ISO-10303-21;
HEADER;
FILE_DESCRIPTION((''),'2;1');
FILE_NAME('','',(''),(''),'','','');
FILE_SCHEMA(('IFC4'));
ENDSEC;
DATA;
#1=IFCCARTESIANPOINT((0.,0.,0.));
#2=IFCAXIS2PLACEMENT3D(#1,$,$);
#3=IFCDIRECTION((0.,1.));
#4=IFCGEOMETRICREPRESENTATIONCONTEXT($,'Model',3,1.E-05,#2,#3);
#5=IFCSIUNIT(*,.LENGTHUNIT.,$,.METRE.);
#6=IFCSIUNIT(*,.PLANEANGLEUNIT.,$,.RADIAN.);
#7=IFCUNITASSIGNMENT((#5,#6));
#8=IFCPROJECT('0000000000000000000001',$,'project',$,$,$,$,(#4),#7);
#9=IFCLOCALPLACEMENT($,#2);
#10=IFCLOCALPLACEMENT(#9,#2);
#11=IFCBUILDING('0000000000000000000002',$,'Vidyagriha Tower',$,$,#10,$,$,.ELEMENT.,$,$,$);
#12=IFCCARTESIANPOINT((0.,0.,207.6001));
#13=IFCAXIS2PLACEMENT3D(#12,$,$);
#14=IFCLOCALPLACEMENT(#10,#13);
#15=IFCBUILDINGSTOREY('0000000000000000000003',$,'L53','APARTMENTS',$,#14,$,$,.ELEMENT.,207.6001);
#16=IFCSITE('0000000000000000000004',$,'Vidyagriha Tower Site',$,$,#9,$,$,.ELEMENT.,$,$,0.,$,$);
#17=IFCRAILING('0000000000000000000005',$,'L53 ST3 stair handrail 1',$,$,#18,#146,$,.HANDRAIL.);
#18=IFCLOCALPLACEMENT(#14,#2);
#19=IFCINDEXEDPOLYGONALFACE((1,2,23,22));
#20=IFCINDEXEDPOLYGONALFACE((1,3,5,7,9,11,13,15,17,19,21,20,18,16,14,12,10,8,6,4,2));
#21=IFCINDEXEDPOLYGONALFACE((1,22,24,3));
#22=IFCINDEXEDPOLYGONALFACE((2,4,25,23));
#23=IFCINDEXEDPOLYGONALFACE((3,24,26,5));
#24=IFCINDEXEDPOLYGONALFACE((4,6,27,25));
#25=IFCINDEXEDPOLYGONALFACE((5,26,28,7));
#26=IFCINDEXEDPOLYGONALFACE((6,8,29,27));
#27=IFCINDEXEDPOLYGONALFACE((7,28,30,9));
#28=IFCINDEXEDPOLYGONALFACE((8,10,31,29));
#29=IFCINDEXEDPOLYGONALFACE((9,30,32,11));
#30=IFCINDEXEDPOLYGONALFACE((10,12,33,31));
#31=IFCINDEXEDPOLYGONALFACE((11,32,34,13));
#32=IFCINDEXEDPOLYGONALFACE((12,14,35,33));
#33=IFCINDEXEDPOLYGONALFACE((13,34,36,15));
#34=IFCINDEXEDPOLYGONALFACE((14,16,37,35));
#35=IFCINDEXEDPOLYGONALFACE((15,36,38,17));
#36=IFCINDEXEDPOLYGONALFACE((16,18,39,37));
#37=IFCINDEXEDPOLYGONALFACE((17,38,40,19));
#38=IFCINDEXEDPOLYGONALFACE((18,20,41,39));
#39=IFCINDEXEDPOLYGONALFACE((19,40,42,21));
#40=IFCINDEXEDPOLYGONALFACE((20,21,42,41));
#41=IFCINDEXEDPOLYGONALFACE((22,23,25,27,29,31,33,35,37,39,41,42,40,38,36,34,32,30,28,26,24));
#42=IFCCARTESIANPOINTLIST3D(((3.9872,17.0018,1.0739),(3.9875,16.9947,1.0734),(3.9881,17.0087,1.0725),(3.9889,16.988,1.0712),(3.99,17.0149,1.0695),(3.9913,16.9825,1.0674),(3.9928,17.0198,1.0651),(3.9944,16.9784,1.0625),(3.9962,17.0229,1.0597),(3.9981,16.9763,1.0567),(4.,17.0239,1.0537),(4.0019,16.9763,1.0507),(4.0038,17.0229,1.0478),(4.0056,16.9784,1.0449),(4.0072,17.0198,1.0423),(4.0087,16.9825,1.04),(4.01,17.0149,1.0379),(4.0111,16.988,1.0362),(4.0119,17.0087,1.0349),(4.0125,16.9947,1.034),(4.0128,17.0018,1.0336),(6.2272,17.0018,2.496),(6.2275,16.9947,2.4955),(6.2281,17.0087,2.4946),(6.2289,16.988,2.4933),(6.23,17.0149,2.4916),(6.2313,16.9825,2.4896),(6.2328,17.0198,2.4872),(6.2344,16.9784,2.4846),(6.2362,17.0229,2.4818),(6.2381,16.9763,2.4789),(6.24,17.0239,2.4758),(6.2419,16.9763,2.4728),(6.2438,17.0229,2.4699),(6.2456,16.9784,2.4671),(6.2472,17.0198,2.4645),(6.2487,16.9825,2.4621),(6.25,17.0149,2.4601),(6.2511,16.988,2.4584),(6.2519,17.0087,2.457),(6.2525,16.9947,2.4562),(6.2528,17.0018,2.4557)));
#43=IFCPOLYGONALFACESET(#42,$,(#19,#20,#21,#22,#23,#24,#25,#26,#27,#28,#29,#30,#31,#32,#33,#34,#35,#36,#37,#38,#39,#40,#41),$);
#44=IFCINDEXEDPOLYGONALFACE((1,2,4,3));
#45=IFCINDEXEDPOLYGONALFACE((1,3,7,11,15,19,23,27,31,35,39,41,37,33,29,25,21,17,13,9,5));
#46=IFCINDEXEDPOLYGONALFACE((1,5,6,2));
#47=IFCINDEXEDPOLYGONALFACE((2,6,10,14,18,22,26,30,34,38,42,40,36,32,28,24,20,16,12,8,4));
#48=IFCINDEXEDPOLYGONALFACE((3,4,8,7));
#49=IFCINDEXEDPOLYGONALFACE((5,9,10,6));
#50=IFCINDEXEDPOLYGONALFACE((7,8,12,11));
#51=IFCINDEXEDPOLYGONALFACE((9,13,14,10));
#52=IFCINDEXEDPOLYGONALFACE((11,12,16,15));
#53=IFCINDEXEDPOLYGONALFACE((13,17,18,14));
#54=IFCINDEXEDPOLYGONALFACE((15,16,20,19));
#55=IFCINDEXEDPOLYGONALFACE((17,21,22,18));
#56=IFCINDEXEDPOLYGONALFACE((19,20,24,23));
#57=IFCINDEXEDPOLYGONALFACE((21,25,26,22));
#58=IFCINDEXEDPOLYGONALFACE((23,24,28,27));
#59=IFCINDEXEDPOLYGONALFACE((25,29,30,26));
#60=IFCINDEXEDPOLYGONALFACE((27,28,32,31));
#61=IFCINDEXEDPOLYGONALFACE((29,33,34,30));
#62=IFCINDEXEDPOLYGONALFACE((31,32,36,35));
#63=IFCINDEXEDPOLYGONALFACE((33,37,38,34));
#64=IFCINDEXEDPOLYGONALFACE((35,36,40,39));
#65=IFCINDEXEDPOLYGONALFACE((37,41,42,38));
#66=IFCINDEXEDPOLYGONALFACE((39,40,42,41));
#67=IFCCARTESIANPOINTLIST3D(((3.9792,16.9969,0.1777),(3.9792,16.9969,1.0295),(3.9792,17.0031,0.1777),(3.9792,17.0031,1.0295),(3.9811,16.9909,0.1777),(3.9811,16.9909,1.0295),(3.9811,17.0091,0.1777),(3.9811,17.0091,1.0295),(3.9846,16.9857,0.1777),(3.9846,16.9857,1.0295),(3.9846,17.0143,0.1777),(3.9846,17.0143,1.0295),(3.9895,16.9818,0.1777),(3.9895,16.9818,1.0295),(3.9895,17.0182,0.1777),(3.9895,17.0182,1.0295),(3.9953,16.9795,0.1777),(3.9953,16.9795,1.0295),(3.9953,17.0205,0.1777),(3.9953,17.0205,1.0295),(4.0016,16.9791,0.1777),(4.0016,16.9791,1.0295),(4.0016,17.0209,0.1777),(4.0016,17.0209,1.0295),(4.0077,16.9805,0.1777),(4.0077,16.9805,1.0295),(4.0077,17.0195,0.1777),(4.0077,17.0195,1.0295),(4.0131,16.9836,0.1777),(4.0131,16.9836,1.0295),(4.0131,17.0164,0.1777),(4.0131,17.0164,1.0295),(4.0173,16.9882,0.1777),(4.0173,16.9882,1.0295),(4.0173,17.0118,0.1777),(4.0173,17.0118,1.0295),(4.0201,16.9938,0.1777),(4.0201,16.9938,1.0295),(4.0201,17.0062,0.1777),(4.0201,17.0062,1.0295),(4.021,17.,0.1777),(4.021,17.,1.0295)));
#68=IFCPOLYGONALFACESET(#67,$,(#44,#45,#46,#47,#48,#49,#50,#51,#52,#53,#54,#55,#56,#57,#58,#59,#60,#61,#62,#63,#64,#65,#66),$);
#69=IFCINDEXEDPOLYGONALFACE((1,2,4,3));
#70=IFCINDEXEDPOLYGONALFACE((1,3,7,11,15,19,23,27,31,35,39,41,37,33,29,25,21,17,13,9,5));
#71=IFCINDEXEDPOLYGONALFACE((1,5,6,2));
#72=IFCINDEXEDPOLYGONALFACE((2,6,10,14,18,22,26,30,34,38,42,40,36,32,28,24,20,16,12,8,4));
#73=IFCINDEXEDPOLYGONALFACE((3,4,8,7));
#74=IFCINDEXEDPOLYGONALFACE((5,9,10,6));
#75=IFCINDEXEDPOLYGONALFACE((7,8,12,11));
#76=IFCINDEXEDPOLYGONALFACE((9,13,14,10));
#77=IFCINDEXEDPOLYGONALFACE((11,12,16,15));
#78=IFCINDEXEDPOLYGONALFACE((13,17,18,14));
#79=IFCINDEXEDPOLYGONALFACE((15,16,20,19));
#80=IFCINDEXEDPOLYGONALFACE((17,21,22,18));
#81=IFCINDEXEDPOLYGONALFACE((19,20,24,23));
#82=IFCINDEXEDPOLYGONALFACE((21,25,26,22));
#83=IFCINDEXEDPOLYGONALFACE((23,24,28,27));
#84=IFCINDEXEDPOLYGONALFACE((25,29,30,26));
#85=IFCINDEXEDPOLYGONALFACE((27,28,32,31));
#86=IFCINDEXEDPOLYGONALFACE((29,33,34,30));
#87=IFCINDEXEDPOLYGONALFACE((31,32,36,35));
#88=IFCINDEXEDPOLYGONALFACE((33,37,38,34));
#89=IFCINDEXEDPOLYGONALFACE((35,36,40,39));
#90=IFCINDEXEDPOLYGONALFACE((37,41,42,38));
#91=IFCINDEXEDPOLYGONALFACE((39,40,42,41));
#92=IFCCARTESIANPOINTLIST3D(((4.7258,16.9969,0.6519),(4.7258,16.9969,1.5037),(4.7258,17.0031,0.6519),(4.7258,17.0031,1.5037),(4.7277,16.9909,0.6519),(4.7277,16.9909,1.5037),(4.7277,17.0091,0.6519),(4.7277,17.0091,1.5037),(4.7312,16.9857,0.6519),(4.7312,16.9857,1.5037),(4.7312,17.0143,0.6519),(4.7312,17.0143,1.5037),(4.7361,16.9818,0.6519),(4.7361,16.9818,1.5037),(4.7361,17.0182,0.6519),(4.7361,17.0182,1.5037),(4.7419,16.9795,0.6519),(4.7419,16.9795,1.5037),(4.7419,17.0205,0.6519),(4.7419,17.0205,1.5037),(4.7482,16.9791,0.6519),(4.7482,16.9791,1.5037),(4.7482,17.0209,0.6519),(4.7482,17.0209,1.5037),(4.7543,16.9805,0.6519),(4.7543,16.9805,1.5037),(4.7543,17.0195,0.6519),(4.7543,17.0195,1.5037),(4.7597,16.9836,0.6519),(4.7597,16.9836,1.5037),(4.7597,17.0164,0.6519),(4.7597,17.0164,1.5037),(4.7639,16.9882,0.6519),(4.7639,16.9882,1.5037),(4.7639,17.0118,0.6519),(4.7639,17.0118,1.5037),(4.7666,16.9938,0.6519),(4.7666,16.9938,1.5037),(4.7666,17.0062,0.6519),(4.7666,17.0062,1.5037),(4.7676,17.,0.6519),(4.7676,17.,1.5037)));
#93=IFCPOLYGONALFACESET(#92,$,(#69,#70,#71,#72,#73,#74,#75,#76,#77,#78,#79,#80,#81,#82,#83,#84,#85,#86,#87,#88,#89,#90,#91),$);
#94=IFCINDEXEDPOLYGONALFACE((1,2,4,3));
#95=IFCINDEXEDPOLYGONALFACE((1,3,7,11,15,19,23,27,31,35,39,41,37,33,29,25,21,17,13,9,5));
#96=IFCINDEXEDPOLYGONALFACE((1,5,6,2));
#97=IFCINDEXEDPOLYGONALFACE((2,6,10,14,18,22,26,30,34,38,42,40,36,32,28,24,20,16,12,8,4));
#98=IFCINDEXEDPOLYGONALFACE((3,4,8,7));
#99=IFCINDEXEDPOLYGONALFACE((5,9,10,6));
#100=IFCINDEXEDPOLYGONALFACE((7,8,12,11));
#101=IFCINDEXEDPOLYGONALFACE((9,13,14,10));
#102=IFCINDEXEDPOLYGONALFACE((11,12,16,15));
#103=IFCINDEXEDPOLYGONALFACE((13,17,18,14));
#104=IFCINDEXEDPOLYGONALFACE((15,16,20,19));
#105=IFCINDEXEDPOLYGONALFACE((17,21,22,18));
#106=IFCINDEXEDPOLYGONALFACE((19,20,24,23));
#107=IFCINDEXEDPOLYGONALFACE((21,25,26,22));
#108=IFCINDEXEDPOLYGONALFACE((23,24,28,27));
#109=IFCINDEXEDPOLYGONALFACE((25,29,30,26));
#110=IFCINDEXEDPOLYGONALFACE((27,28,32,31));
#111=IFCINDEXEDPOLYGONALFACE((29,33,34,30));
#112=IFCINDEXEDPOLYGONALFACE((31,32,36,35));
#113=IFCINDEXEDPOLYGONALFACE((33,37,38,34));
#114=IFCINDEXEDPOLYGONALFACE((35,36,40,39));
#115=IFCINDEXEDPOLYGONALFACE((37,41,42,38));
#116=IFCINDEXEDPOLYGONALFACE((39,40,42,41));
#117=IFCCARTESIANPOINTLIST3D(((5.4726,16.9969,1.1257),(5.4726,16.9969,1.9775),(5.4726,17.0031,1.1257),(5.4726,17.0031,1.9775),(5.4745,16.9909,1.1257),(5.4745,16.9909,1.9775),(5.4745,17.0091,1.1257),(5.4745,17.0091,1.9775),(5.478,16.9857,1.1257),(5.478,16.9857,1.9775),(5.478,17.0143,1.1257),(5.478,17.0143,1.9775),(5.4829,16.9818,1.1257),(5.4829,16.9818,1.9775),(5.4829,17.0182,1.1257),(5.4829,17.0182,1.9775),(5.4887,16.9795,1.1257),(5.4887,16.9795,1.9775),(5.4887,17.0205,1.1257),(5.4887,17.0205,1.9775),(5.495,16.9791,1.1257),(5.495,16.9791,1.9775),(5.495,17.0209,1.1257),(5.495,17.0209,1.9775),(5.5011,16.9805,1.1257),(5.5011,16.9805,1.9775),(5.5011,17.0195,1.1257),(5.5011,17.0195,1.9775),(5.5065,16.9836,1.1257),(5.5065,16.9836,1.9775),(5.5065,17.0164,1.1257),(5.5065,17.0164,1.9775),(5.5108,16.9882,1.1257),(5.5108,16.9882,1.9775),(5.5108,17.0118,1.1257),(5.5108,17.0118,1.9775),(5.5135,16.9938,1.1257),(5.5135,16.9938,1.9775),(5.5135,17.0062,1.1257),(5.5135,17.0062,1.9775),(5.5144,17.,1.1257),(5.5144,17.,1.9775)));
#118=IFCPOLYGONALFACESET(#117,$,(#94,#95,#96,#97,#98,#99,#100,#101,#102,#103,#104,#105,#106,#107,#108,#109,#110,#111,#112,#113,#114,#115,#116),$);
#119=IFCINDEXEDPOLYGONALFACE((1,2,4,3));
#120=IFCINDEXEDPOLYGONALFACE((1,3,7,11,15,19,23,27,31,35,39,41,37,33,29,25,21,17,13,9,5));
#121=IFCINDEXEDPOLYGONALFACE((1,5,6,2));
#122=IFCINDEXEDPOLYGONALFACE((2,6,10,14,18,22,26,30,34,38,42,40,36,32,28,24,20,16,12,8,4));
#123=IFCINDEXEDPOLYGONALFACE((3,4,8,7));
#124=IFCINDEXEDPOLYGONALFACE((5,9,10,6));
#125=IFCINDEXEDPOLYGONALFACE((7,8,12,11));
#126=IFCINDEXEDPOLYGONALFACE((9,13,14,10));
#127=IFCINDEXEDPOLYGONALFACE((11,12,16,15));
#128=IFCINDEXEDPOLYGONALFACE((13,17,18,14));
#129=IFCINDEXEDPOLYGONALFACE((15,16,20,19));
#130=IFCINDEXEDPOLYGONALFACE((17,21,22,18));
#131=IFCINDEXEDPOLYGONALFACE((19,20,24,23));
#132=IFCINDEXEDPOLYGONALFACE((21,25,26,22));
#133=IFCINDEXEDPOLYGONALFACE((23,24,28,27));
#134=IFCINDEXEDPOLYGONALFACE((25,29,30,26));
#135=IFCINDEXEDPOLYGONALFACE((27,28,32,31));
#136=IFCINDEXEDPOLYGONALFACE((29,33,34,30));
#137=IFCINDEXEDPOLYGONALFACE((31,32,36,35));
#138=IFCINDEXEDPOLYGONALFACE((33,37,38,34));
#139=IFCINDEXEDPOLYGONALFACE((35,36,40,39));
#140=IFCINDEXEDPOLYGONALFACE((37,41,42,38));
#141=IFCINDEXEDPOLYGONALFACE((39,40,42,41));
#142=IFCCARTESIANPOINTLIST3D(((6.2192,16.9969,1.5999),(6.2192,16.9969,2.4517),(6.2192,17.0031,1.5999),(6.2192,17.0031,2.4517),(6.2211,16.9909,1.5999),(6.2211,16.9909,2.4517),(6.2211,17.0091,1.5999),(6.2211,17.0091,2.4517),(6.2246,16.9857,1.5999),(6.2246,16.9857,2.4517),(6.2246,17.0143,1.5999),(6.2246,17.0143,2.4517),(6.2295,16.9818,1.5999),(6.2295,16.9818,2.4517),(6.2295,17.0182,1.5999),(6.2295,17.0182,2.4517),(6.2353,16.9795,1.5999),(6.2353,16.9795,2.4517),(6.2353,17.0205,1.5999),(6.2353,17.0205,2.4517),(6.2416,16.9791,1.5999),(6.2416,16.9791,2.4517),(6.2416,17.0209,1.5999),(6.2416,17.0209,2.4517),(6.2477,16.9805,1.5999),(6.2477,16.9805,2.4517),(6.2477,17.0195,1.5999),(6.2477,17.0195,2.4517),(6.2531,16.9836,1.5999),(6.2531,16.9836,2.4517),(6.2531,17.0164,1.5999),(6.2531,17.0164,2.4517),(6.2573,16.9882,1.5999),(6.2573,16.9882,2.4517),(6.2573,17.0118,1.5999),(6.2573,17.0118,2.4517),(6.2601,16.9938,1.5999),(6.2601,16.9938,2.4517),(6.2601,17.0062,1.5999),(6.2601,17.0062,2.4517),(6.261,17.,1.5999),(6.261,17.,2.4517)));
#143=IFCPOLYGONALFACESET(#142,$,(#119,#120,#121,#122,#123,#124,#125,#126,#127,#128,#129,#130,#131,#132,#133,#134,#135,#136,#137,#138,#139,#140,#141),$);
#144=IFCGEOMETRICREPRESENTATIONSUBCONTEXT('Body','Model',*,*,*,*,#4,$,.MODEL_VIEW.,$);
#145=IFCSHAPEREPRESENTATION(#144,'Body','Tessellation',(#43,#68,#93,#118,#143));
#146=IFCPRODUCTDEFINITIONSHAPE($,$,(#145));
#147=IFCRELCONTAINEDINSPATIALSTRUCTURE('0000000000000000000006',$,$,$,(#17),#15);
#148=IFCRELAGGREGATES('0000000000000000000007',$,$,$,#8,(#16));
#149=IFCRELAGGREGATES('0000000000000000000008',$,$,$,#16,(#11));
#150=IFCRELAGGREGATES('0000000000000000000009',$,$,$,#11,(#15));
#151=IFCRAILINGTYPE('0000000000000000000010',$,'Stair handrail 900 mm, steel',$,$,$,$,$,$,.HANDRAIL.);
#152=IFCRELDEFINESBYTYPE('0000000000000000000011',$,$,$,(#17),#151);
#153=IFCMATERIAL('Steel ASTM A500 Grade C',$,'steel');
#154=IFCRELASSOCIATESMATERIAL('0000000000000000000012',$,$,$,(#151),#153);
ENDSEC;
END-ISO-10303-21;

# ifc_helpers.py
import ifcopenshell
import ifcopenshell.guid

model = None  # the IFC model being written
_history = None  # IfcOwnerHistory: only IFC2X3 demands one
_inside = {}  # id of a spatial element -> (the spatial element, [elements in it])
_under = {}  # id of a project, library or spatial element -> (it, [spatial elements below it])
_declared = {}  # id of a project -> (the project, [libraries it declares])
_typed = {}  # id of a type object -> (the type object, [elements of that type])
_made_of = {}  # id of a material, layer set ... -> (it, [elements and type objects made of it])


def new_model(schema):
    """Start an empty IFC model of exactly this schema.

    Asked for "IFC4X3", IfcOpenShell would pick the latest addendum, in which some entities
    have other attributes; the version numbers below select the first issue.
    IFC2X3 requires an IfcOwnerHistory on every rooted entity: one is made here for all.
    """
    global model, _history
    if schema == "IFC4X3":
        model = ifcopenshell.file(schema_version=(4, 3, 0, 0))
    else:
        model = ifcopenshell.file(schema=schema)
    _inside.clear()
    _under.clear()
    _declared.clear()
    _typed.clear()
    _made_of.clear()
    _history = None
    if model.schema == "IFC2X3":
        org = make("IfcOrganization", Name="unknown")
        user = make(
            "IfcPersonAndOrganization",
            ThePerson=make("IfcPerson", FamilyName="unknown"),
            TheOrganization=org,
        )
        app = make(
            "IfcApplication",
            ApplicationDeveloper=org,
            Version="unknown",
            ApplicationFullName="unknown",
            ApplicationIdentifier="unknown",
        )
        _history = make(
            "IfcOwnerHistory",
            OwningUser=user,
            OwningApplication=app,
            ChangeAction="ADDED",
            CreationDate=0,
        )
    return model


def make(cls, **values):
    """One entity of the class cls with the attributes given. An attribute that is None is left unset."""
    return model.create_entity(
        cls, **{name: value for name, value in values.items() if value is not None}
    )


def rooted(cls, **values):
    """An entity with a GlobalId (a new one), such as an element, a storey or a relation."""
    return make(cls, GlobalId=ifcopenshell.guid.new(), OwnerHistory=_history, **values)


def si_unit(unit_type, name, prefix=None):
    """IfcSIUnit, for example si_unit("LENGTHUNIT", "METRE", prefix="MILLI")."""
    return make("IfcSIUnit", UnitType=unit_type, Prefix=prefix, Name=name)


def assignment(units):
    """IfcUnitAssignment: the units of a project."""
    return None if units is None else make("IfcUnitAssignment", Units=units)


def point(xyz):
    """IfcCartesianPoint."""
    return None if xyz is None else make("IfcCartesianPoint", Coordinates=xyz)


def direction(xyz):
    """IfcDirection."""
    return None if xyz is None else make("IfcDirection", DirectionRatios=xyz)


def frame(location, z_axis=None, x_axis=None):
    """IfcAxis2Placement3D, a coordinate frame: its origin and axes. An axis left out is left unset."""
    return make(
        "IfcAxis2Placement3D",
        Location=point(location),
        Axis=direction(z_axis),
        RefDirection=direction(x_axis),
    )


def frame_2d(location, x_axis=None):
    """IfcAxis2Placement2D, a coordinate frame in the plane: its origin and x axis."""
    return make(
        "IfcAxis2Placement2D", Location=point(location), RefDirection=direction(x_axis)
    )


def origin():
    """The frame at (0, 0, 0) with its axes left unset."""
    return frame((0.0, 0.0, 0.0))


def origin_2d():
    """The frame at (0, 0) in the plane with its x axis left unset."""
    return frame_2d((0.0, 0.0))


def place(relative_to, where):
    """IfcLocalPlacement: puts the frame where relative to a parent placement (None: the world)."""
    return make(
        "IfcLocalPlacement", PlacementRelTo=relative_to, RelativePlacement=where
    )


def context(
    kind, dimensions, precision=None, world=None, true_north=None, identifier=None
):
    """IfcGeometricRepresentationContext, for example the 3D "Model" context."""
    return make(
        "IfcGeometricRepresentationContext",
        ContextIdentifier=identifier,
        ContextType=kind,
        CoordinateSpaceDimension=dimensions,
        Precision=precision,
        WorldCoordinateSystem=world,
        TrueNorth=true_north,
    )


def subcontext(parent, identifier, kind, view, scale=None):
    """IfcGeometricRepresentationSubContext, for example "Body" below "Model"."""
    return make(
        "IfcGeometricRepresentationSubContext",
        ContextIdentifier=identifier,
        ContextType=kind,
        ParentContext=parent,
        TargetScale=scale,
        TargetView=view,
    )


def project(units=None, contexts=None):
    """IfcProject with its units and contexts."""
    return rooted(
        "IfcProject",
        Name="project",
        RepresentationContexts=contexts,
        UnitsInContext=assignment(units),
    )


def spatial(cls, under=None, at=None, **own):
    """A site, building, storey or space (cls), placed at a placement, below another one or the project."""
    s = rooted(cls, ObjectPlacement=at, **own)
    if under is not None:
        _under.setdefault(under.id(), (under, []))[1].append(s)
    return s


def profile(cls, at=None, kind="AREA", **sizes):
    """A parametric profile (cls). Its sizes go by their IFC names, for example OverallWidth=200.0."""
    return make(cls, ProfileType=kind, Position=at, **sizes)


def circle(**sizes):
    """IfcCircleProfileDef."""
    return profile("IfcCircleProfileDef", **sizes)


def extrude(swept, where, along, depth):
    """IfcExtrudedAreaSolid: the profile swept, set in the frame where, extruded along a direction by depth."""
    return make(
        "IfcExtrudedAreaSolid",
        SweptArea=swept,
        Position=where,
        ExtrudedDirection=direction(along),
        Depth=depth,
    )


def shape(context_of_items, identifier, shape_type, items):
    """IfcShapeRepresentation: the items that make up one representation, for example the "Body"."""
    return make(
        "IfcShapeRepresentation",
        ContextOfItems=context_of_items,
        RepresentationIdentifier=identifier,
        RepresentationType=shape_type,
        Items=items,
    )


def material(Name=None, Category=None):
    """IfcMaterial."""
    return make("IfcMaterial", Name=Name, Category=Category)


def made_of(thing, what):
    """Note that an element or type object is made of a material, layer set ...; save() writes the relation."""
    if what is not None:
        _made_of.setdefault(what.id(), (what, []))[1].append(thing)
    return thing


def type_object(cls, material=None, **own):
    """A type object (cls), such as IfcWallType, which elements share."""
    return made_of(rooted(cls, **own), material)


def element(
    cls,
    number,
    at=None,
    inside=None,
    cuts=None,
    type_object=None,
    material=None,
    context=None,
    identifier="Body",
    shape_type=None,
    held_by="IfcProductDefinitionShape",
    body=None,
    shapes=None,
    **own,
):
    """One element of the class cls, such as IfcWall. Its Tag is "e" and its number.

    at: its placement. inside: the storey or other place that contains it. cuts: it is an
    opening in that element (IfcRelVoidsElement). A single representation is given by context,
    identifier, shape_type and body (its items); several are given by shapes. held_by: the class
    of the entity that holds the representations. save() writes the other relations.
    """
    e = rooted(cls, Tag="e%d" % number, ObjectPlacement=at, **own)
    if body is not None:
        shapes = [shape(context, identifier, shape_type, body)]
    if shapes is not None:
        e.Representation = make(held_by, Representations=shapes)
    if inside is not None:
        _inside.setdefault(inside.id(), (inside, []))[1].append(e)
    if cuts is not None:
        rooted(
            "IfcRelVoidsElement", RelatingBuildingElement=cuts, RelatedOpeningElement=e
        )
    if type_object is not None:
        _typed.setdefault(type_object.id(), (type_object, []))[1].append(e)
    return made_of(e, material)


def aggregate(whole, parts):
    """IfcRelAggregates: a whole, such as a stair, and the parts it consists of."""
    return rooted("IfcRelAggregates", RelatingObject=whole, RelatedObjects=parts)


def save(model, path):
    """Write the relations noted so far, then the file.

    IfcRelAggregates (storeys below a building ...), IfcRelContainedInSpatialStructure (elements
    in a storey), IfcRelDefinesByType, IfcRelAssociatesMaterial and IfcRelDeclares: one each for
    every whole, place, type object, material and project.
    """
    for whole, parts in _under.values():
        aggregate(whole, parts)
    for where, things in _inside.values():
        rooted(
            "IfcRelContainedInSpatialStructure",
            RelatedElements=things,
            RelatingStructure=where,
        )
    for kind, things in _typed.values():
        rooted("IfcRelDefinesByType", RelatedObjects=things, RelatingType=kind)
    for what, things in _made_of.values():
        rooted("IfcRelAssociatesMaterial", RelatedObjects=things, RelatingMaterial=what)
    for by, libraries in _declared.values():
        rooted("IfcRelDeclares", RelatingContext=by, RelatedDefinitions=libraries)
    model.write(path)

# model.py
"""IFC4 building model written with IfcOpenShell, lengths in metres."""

from ifc_helpers import new_model, si_unit, direction, frame, origin, origin_2d, place, context, subcontext, project, spatial, circle, extrude, material, type_object, element, save


model = new_model("IFC4")

# Units and contexts
model_context = context("Model", 3, precision=1e-05, world=origin(), true_north=direction((0.0, 1.0)))
body_context = subcontext(model_context, "Body", "Model", "MODEL_VIEW")
ifc_project = project(units=[si_unit("LENGTHUNIT", "METRE"), si_unit("PLANEANGLEUNIT", "RADIAN")], contexts=[model_context])

# Site, building, storey
site_placement = place(None, origin())
site = spatial("IfcSite", under=ifc_project, at=site_placement, Name="Vidyagriha Tower Site", CompositionType="ELEMENT", RefElevation=0.0)
building_placement = place(site_placement, origin())
building = spatial("IfcBuilding", under=site, at=building_placement, Name="Vidyagriha Tower", CompositionType="ELEMENT")
storey_placement = place(building_placement, frame((0.0, 0.0, 207.6001)))
storey = spatial("IfcBuildingStorey", under=building, at=storey_placement, Name="L53", Description="APARTMENTS", CompositionType="ELEMENT", Elevation=207.6001)

# Railing
ifc_material_1 = material(Name="Steel ASTM A500 Grade C", Category="steel")
railing_type_1 = type_object("IfcRailingType", Name="Stair handrail 900 mm, steel", PredefinedType="HANDRAIL", material=ifc_material_1)
railing_1_placement = place(storey_placement, frame((4.0, 17.0, 0.1777)))
element("IfcRailing", 1, at=railing_1_placement, inside=storey, type_object=railing_type_1, Name="L53 ST3 stair handrail 1", PredefinedType="HANDRAIL", context=body_context, shape_type="SweptSolid", body=[
    extrude(circle(Radius=0.0239, at=origin_2d()), frame((0.0, 0.0, 0.876), z_axis=(0.844229, 0.0, 0.535982), x_axis=(0.0, 1.0, 0.0)), (0.0, 0.0, 1.0), 2.6533),
    extrude(circle(Radius=0.021, at=origin_2d()), origin(), (0.0, 0.0, 1.0), 0.8518),
    extrude(circle(Radius=0.021, at=origin_2d()), frame((0.7466, 0.0, 0.4741)), (0.0, 0.0, 1.0), 0.8518),
    extrude(circle(Radius=0.021, at=origin_2d()), frame((1.4934, 0.0, 0.948)), (0.0, 0.0, 1.0), 0.8518),
    extrude(circle(Radius=0.021, at=origin_2d()), frame((2.24, 0.0, 1.4221)), (0.0, 0.0, 1.0), 0.8518),
])

save(model, "model.ifc")
